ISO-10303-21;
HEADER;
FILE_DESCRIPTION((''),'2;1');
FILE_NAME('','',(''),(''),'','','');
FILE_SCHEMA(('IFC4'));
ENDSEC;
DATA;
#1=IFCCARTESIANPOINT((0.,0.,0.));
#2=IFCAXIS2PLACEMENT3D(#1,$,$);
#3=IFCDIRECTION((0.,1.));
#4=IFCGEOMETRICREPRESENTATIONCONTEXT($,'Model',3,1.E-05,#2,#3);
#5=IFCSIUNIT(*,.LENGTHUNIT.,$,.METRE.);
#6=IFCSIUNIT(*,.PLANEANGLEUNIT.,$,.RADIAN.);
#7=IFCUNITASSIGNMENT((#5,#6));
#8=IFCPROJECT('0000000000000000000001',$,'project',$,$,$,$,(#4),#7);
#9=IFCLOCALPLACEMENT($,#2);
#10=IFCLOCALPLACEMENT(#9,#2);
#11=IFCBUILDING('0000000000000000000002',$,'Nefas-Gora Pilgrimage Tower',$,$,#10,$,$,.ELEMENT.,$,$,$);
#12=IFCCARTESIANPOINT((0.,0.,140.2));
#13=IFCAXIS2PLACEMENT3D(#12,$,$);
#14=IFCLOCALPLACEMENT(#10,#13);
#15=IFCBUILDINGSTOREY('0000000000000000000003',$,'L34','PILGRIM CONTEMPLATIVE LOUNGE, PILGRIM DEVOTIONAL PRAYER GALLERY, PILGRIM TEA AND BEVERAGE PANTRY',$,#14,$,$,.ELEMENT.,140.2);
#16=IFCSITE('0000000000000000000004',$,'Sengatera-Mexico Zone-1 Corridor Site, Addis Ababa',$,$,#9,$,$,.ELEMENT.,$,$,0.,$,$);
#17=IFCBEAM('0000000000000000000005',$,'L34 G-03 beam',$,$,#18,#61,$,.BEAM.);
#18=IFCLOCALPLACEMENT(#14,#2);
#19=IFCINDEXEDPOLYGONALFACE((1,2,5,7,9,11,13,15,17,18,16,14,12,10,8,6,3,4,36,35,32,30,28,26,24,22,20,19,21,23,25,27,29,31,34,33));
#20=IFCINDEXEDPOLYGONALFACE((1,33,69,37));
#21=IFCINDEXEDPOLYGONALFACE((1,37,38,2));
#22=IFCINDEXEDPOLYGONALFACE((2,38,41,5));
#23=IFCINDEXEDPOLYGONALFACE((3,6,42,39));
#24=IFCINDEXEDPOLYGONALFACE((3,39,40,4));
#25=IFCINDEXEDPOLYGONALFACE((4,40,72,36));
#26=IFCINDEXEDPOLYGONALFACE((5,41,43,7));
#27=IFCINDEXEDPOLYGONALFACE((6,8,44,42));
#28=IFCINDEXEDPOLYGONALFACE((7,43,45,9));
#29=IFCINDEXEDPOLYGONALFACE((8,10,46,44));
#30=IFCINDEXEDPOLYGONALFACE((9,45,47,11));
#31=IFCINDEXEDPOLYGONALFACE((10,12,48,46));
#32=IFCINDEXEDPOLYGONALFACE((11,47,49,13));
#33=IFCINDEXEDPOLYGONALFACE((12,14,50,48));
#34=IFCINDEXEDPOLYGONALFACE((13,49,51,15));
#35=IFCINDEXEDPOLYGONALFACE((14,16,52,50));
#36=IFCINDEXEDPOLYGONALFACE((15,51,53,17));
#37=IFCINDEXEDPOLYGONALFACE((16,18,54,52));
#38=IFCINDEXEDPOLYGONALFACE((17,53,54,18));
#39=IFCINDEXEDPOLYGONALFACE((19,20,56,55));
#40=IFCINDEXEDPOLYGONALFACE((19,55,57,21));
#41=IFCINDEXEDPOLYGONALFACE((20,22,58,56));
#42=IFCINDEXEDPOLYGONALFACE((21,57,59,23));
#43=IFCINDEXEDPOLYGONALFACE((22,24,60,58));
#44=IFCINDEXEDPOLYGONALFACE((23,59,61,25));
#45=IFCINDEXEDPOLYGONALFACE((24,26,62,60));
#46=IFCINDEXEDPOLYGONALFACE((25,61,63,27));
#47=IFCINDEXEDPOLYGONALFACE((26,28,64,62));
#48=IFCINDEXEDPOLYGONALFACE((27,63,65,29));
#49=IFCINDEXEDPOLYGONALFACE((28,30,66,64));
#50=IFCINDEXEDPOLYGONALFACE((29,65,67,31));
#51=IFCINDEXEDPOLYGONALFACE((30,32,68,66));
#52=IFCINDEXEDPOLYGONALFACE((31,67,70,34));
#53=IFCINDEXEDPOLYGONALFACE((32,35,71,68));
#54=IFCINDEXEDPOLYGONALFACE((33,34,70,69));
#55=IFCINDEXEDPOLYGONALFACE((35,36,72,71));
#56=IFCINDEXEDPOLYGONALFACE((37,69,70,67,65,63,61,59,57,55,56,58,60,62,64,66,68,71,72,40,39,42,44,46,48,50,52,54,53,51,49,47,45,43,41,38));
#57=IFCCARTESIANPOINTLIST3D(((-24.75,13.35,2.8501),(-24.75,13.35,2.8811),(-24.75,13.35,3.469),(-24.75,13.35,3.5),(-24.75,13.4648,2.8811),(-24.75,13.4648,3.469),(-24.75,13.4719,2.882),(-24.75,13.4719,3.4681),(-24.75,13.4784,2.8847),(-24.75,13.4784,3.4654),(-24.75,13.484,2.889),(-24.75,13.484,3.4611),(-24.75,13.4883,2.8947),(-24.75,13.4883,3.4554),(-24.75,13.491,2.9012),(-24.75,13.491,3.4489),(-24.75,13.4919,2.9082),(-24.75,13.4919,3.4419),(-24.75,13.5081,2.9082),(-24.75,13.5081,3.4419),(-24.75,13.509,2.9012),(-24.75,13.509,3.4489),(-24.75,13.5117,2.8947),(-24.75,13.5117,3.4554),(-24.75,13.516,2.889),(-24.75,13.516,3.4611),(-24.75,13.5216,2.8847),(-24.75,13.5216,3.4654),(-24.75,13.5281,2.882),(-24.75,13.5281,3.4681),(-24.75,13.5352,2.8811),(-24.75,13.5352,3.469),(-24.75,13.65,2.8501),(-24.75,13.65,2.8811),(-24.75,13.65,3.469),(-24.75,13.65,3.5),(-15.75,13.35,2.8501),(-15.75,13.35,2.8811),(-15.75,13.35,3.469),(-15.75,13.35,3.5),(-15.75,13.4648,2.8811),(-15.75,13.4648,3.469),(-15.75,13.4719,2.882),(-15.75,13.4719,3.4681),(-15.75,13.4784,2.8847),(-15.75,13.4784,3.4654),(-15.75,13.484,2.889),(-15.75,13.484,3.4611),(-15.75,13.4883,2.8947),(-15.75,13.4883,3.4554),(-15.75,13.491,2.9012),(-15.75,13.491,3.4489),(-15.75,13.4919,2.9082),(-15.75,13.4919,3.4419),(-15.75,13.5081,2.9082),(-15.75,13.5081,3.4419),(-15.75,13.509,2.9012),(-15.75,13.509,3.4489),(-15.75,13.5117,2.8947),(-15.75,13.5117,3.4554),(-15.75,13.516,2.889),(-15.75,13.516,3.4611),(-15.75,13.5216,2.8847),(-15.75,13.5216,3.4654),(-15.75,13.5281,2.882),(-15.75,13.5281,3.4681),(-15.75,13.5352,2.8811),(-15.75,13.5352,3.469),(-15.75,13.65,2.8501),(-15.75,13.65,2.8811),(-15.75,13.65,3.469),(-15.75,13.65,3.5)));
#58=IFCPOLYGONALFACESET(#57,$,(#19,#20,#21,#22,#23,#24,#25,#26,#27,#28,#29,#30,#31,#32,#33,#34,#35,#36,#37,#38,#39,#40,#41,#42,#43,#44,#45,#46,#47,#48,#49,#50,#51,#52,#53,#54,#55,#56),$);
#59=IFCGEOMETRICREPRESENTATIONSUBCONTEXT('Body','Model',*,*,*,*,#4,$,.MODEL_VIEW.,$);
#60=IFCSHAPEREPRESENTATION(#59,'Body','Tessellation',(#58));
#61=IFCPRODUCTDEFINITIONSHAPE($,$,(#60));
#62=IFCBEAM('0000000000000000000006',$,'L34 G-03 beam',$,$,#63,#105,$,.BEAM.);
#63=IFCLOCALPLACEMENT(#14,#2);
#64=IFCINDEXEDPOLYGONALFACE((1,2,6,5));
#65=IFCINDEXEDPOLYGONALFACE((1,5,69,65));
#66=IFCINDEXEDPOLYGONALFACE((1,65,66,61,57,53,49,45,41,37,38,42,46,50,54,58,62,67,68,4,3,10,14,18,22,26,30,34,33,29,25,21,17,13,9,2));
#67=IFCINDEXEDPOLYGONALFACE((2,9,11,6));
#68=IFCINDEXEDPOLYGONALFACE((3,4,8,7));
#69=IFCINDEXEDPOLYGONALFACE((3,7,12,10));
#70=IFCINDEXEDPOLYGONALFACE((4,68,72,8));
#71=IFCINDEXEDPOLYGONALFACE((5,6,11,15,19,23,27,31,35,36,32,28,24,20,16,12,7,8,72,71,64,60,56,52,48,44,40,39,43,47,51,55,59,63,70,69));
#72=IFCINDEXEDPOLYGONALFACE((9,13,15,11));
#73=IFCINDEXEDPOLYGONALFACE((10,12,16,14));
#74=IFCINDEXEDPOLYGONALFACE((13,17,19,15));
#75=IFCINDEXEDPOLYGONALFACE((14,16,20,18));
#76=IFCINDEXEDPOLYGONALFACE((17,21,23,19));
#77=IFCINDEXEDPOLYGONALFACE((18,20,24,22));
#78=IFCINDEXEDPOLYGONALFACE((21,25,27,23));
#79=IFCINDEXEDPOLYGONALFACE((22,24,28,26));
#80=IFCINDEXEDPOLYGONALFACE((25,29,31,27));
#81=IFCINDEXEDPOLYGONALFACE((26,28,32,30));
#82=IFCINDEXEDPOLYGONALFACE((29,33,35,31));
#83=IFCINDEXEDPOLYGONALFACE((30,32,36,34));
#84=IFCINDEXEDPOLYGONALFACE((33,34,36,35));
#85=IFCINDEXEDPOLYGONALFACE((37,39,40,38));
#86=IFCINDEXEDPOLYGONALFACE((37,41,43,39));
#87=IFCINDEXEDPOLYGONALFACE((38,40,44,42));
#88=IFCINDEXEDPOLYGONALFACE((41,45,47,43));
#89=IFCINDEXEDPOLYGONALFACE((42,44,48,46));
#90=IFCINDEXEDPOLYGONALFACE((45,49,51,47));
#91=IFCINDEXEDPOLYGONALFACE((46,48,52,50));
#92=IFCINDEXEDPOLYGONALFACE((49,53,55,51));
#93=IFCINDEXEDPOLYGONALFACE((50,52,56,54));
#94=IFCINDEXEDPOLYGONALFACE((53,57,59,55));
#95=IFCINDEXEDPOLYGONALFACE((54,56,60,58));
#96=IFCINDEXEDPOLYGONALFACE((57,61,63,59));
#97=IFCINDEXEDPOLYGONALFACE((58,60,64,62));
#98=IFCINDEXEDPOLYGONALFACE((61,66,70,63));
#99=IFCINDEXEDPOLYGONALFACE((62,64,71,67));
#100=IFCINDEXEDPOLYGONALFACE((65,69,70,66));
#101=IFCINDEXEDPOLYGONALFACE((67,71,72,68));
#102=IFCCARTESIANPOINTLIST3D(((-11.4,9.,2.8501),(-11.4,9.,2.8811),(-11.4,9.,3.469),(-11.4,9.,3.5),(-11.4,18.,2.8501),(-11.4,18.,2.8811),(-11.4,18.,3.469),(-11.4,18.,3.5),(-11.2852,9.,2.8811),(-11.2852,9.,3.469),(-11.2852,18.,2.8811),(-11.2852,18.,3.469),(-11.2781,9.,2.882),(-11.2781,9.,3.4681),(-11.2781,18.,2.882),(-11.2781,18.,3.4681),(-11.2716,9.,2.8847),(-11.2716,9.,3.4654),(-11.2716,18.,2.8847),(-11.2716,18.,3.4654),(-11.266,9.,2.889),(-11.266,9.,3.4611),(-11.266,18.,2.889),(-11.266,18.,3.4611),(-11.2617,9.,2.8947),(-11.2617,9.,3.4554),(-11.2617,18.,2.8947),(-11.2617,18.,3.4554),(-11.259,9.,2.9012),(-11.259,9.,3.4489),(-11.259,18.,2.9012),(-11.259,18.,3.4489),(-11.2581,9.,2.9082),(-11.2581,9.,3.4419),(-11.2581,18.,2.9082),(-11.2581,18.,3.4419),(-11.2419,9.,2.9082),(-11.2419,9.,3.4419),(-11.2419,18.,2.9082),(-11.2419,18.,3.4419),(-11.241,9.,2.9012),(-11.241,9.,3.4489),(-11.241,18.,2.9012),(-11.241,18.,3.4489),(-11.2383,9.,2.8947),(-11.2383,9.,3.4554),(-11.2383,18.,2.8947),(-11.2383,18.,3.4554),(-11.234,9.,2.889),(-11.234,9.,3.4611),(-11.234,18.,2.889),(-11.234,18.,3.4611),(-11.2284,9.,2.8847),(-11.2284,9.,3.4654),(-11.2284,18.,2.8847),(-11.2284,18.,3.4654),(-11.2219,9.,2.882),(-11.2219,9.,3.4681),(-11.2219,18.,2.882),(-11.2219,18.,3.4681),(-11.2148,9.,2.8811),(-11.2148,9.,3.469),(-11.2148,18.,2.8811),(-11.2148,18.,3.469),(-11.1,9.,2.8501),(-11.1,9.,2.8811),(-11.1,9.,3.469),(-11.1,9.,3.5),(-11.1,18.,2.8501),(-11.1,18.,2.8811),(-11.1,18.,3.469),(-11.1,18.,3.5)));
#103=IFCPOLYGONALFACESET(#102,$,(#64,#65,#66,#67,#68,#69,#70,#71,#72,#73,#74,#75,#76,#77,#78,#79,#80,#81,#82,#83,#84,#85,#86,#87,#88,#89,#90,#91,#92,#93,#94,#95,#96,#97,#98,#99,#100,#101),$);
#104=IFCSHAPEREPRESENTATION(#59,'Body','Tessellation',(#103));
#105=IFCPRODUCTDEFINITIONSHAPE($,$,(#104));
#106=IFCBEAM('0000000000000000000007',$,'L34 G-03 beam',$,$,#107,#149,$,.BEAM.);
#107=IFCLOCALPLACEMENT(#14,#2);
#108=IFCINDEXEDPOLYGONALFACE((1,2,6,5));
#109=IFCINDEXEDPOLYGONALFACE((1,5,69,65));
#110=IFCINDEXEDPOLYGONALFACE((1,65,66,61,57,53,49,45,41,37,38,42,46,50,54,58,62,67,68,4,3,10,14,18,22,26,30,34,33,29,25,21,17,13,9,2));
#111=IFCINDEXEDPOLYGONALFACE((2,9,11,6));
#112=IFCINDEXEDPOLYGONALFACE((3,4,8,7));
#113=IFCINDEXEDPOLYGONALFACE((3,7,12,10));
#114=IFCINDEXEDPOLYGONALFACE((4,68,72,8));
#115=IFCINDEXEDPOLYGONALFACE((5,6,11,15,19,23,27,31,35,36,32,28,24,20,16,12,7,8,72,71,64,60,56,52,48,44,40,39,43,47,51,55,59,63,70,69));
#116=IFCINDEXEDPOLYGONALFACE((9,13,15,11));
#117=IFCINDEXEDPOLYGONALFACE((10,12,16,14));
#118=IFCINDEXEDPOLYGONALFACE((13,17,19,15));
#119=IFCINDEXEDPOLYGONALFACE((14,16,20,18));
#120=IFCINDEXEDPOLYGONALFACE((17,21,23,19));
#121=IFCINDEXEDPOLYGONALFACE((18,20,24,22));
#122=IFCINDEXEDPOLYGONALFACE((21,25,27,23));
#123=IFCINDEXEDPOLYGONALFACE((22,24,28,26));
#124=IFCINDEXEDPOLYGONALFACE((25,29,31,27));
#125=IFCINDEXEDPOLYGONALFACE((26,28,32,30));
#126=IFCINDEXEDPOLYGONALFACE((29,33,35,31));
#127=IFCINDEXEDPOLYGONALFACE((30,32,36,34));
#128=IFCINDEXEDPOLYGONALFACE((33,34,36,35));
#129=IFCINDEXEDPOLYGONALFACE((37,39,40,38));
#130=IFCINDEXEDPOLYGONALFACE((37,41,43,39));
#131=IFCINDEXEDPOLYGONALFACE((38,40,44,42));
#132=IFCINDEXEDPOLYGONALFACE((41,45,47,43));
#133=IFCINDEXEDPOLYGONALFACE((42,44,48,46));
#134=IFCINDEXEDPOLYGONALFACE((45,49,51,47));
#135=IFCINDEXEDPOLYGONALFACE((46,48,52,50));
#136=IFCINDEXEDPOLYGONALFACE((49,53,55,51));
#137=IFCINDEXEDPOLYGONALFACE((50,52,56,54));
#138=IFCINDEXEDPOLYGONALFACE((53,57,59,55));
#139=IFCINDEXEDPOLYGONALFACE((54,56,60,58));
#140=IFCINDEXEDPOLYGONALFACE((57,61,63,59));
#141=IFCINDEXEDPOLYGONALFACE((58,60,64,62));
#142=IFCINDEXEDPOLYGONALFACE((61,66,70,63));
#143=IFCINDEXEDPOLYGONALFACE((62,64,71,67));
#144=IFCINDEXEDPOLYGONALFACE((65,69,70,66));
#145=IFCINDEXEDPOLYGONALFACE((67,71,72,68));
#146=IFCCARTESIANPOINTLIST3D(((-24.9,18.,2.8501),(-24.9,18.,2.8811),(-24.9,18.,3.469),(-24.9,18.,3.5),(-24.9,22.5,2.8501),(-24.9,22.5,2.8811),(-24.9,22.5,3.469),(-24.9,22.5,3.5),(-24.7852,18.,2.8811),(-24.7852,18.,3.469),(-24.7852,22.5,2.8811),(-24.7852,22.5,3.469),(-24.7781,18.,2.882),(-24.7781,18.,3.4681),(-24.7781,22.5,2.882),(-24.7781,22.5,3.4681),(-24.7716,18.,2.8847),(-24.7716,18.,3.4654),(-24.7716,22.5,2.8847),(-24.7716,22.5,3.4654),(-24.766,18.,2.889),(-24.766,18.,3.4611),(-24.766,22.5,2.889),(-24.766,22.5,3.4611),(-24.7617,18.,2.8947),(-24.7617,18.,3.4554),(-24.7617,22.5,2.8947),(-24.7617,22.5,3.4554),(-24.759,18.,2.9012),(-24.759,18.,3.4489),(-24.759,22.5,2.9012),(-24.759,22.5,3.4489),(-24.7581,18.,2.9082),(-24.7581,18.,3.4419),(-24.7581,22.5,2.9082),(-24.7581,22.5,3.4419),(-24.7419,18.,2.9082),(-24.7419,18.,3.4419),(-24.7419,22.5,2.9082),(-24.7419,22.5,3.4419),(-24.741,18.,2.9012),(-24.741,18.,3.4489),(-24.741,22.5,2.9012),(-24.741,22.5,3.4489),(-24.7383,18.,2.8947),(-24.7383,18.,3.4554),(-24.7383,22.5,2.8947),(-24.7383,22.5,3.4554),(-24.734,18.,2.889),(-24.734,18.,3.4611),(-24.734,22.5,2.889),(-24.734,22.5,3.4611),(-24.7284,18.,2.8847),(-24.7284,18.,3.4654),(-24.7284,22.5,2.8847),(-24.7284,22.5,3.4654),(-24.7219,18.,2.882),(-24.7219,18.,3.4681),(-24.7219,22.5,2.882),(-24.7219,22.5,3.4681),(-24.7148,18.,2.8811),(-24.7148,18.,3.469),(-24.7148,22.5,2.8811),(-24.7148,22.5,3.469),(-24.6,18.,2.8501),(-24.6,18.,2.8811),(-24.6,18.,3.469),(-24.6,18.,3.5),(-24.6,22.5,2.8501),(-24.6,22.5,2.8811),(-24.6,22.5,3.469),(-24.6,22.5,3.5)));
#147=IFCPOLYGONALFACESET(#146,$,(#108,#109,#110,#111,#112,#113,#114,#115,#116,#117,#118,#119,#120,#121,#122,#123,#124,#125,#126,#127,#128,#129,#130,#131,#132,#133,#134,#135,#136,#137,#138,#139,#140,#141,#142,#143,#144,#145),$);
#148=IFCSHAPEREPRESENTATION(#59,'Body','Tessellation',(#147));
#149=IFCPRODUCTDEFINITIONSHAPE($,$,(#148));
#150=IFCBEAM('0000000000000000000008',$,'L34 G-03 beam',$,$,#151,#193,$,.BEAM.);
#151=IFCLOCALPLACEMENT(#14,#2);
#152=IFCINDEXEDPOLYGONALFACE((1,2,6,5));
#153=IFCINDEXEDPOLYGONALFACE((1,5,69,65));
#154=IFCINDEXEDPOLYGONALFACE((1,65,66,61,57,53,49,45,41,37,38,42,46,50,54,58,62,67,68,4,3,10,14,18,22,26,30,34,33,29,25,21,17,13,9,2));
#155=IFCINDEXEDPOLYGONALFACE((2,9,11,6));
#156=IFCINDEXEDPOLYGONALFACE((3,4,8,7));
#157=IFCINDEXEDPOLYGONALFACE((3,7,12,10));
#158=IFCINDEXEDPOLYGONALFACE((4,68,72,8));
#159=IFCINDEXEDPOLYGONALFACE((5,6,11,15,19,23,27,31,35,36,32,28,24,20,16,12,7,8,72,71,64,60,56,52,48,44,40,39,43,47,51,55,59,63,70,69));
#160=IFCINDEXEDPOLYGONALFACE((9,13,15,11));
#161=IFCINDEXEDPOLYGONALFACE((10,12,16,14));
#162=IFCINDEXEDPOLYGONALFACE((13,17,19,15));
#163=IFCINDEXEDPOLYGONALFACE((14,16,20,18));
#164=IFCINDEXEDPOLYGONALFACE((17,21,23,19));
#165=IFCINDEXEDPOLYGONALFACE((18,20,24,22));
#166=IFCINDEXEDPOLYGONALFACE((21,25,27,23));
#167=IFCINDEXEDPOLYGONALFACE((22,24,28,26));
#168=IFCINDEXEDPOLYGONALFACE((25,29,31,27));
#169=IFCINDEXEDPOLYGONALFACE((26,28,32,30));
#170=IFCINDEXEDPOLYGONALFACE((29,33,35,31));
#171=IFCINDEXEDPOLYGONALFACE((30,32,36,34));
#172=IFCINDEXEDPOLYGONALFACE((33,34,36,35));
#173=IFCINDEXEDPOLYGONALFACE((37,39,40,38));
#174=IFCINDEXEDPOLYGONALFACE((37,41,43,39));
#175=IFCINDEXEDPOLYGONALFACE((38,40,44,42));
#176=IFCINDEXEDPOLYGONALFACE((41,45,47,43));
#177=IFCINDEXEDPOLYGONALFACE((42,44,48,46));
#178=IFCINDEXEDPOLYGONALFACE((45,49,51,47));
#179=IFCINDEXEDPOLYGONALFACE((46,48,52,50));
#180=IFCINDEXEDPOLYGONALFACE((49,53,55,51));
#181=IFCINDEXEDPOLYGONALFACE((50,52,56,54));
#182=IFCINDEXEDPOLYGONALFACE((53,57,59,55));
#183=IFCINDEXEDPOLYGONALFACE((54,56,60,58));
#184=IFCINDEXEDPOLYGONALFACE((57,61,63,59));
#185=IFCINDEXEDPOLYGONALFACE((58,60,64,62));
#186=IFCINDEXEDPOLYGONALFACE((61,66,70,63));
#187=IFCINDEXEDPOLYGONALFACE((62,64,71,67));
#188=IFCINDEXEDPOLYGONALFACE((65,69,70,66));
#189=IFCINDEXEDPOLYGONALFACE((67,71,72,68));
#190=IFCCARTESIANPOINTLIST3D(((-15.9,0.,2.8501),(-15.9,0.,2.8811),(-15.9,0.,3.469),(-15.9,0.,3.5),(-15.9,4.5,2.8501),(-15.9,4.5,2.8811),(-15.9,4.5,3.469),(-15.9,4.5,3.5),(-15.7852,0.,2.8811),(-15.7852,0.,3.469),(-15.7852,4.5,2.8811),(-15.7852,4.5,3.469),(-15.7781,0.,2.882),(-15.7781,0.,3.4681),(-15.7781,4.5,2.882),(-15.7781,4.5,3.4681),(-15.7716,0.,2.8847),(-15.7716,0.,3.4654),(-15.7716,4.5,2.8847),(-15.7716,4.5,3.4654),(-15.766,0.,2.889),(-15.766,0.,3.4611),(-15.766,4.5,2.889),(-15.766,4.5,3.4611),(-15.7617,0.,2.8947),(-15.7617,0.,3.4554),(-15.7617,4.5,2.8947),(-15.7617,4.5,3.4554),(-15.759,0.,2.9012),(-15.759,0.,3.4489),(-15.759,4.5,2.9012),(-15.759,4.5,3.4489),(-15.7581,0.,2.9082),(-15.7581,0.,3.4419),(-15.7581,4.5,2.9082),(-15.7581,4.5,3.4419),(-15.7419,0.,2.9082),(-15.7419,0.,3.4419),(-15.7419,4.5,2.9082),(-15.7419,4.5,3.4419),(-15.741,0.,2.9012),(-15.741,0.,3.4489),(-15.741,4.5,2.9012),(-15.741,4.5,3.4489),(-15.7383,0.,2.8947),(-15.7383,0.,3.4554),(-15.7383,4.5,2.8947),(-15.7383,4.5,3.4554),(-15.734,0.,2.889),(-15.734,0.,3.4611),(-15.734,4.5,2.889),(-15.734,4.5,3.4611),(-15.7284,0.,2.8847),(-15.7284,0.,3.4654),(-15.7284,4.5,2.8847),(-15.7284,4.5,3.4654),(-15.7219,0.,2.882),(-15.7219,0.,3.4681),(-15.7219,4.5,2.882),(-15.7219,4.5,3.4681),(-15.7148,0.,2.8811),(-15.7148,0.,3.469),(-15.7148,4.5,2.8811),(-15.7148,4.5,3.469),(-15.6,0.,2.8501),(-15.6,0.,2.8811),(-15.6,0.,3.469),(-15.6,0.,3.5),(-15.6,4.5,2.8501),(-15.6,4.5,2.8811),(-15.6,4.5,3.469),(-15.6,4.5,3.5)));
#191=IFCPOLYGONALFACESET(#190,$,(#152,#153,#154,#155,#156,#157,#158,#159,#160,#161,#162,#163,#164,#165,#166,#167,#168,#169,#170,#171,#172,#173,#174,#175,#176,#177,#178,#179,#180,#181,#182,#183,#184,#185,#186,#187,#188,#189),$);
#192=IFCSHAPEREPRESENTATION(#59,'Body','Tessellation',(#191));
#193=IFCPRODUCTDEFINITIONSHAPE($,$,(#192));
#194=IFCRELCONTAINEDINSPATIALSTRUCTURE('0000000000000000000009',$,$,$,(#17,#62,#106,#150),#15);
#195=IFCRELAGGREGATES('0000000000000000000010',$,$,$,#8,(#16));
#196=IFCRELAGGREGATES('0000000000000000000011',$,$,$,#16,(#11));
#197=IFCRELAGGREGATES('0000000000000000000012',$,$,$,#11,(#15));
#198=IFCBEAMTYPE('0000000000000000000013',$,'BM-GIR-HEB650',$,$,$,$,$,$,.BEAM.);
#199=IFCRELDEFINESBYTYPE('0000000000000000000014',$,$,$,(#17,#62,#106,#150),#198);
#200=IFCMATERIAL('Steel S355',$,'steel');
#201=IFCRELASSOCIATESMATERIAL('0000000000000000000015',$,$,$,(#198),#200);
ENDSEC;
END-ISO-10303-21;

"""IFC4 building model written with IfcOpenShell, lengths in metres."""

from ifc_helpers import new_model, si_unit, direction, frame, origin, origin_2d, place, context, subcontext, project, spatial, i_section, extrude, source, transform, mapped, material, material_profile, profile_set, type_object, element, save


model = new_model("IFC4")

# Units and contexts
model_context = context("Model", 3, precision=1e-05, world=origin(), true_north=direction((0.0, 1.0)))
body_context = subcontext(model_context, "Body", "Model", "MODEL_VIEW")
ifc_project = project(units=[si_unit("LENGTHUNIT", "METRE"), si_unit("PLANEANGLEUNIT", "RADIAN")], contexts=[model_context])

# Site, building, storey
site_placement = place(None, origin())
site = spatial("IfcSite", under=ifc_project, at=site_placement, Name="Sengatera-Mexico Zone-1 Corridor Site, Addis Ababa", CompositionType="ELEMENT", RefElevation=0.0)
building_placement = place(site_placement, origin())
building = spatial("IfcBuilding", under=site, at=building_placement, Name="Nefas-Gora Pilgrimage Tower", CompositionType="ELEMENT")
storey_placement = place(building_placement, frame((0.0, 0.0, 140.2)))
storey = spatial("IfcBuildingStorey", under=building, at=storey_placement, Name="L34", Description="PILGRIM CONTEMPLATIVE LOUNGE, PILGRIM DEVOTIONAL PRAYER GALLERY, PILGRIM TEA AND BEVERAGE PANTRY", CompositionType="ELEMENT", Elevation=140.2)

# Beams
ifc_material_1 = material(Name="Steel S355", Category="steel")
ifc_material_profile_1 = material_profile(ifc_material_1, i_section(OverallWidth=0.3, OverallDepth=0.6499, WebThickness=0.0161, FlangeThickness=0.031, FilletRadius=0.0271, at=origin_2d()), Name="HEB 650")
ifc_profile_set_1 = profile_set([ifc_material_profile_1], Name="Steel S355")
beam_type_1 = type_object("IfcBeamType", Name="BM-GIR-HEB650", PredefinedType="BEAM", material=ifc_profile_set_1)
shared_shape_1 = source(origin(), body_context, "Body", "SweptSolid", [
    extrude(i_section(OverallWidth=0.3, OverallDepth=0.6499, WebThickness=0.0161, FlangeThickness=0.031, FilletRadius=0.0271, at=origin_2d()), origin(), (0.0, 0.0, 1.0), 9.0),
])
for number, where, z_axis, x_axis, name in (
    (1, (-24.75, 13.5, 3.175), (1.0, 0.0, 0.0), (0.0, 1.0, 0.0), "L34 G-03 beam"),
    (2, (-11.25, 9.0, 3.175), (0.0, 1.0, 0.0), (-1.0, 0.0, 0.0), "L34 G-03 beam"),
):
    element("IfcBeam", number, at=place(storey_placement, frame(where, z_axis=z_axis, x_axis=x_axis)), inside=storey, type_object=beam_type_1, Name=name, PredefinedType="BEAM", context=body_context, shape_type="MappedRepresentation", body=[
        mapped(shared_shape_1, transform((0.0, 0.0, 0.0), x_axis=(1.0, 0.0, 0.0), y_axis=(0.0, 1.0, 0.0), z_axis=(0.0, 0.0, 1.0), scale=1.0)),
    ])
shared_shape_2 = source(origin(), body_context, "Body", "SweptSolid", [
    extrude(i_section(OverallWidth=0.3, OverallDepth=0.6499, WebThickness=0.0161, FlangeThickness=0.031, FilletRadius=0.0271, at=origin_2d()), origin(), (0.0, 0.0, 1.0), 4.5),
])
for number, where, z_axis, x_axis, name in (
    (3, (-24.75, 18.0, 3.175), (0.0, 1.0, 0.0), (-1.0, 0.0, 0.0), "L34 G-03 beam"),
    (4, (-15.75, 0.0, 3.175), (0.0, 1.0, 0.0), (-1.0, 0.0, 0.0), "L34 G-03 beam"),
):
    element("IfcBeam", number, at=place(storey_placement, frame(where, z_axis=z_axis, x_axis=x_axis)), inside=storey, type_object=beam_type_1, Name=name, PredefinedType="BEAM", context=body_context, shape_type="MappedRepresentation", body=[
        mapped(shared_shape_2, transform((0.0, 0.0, 0.0), x_axis=(1.0, 0.0, 0.0), y_axis=(0.0, 1.0, 0.0), z_axis=(0.0, 0.0, 1.0), scale=1.0)),
    ])

save(model, "model.ifc")
